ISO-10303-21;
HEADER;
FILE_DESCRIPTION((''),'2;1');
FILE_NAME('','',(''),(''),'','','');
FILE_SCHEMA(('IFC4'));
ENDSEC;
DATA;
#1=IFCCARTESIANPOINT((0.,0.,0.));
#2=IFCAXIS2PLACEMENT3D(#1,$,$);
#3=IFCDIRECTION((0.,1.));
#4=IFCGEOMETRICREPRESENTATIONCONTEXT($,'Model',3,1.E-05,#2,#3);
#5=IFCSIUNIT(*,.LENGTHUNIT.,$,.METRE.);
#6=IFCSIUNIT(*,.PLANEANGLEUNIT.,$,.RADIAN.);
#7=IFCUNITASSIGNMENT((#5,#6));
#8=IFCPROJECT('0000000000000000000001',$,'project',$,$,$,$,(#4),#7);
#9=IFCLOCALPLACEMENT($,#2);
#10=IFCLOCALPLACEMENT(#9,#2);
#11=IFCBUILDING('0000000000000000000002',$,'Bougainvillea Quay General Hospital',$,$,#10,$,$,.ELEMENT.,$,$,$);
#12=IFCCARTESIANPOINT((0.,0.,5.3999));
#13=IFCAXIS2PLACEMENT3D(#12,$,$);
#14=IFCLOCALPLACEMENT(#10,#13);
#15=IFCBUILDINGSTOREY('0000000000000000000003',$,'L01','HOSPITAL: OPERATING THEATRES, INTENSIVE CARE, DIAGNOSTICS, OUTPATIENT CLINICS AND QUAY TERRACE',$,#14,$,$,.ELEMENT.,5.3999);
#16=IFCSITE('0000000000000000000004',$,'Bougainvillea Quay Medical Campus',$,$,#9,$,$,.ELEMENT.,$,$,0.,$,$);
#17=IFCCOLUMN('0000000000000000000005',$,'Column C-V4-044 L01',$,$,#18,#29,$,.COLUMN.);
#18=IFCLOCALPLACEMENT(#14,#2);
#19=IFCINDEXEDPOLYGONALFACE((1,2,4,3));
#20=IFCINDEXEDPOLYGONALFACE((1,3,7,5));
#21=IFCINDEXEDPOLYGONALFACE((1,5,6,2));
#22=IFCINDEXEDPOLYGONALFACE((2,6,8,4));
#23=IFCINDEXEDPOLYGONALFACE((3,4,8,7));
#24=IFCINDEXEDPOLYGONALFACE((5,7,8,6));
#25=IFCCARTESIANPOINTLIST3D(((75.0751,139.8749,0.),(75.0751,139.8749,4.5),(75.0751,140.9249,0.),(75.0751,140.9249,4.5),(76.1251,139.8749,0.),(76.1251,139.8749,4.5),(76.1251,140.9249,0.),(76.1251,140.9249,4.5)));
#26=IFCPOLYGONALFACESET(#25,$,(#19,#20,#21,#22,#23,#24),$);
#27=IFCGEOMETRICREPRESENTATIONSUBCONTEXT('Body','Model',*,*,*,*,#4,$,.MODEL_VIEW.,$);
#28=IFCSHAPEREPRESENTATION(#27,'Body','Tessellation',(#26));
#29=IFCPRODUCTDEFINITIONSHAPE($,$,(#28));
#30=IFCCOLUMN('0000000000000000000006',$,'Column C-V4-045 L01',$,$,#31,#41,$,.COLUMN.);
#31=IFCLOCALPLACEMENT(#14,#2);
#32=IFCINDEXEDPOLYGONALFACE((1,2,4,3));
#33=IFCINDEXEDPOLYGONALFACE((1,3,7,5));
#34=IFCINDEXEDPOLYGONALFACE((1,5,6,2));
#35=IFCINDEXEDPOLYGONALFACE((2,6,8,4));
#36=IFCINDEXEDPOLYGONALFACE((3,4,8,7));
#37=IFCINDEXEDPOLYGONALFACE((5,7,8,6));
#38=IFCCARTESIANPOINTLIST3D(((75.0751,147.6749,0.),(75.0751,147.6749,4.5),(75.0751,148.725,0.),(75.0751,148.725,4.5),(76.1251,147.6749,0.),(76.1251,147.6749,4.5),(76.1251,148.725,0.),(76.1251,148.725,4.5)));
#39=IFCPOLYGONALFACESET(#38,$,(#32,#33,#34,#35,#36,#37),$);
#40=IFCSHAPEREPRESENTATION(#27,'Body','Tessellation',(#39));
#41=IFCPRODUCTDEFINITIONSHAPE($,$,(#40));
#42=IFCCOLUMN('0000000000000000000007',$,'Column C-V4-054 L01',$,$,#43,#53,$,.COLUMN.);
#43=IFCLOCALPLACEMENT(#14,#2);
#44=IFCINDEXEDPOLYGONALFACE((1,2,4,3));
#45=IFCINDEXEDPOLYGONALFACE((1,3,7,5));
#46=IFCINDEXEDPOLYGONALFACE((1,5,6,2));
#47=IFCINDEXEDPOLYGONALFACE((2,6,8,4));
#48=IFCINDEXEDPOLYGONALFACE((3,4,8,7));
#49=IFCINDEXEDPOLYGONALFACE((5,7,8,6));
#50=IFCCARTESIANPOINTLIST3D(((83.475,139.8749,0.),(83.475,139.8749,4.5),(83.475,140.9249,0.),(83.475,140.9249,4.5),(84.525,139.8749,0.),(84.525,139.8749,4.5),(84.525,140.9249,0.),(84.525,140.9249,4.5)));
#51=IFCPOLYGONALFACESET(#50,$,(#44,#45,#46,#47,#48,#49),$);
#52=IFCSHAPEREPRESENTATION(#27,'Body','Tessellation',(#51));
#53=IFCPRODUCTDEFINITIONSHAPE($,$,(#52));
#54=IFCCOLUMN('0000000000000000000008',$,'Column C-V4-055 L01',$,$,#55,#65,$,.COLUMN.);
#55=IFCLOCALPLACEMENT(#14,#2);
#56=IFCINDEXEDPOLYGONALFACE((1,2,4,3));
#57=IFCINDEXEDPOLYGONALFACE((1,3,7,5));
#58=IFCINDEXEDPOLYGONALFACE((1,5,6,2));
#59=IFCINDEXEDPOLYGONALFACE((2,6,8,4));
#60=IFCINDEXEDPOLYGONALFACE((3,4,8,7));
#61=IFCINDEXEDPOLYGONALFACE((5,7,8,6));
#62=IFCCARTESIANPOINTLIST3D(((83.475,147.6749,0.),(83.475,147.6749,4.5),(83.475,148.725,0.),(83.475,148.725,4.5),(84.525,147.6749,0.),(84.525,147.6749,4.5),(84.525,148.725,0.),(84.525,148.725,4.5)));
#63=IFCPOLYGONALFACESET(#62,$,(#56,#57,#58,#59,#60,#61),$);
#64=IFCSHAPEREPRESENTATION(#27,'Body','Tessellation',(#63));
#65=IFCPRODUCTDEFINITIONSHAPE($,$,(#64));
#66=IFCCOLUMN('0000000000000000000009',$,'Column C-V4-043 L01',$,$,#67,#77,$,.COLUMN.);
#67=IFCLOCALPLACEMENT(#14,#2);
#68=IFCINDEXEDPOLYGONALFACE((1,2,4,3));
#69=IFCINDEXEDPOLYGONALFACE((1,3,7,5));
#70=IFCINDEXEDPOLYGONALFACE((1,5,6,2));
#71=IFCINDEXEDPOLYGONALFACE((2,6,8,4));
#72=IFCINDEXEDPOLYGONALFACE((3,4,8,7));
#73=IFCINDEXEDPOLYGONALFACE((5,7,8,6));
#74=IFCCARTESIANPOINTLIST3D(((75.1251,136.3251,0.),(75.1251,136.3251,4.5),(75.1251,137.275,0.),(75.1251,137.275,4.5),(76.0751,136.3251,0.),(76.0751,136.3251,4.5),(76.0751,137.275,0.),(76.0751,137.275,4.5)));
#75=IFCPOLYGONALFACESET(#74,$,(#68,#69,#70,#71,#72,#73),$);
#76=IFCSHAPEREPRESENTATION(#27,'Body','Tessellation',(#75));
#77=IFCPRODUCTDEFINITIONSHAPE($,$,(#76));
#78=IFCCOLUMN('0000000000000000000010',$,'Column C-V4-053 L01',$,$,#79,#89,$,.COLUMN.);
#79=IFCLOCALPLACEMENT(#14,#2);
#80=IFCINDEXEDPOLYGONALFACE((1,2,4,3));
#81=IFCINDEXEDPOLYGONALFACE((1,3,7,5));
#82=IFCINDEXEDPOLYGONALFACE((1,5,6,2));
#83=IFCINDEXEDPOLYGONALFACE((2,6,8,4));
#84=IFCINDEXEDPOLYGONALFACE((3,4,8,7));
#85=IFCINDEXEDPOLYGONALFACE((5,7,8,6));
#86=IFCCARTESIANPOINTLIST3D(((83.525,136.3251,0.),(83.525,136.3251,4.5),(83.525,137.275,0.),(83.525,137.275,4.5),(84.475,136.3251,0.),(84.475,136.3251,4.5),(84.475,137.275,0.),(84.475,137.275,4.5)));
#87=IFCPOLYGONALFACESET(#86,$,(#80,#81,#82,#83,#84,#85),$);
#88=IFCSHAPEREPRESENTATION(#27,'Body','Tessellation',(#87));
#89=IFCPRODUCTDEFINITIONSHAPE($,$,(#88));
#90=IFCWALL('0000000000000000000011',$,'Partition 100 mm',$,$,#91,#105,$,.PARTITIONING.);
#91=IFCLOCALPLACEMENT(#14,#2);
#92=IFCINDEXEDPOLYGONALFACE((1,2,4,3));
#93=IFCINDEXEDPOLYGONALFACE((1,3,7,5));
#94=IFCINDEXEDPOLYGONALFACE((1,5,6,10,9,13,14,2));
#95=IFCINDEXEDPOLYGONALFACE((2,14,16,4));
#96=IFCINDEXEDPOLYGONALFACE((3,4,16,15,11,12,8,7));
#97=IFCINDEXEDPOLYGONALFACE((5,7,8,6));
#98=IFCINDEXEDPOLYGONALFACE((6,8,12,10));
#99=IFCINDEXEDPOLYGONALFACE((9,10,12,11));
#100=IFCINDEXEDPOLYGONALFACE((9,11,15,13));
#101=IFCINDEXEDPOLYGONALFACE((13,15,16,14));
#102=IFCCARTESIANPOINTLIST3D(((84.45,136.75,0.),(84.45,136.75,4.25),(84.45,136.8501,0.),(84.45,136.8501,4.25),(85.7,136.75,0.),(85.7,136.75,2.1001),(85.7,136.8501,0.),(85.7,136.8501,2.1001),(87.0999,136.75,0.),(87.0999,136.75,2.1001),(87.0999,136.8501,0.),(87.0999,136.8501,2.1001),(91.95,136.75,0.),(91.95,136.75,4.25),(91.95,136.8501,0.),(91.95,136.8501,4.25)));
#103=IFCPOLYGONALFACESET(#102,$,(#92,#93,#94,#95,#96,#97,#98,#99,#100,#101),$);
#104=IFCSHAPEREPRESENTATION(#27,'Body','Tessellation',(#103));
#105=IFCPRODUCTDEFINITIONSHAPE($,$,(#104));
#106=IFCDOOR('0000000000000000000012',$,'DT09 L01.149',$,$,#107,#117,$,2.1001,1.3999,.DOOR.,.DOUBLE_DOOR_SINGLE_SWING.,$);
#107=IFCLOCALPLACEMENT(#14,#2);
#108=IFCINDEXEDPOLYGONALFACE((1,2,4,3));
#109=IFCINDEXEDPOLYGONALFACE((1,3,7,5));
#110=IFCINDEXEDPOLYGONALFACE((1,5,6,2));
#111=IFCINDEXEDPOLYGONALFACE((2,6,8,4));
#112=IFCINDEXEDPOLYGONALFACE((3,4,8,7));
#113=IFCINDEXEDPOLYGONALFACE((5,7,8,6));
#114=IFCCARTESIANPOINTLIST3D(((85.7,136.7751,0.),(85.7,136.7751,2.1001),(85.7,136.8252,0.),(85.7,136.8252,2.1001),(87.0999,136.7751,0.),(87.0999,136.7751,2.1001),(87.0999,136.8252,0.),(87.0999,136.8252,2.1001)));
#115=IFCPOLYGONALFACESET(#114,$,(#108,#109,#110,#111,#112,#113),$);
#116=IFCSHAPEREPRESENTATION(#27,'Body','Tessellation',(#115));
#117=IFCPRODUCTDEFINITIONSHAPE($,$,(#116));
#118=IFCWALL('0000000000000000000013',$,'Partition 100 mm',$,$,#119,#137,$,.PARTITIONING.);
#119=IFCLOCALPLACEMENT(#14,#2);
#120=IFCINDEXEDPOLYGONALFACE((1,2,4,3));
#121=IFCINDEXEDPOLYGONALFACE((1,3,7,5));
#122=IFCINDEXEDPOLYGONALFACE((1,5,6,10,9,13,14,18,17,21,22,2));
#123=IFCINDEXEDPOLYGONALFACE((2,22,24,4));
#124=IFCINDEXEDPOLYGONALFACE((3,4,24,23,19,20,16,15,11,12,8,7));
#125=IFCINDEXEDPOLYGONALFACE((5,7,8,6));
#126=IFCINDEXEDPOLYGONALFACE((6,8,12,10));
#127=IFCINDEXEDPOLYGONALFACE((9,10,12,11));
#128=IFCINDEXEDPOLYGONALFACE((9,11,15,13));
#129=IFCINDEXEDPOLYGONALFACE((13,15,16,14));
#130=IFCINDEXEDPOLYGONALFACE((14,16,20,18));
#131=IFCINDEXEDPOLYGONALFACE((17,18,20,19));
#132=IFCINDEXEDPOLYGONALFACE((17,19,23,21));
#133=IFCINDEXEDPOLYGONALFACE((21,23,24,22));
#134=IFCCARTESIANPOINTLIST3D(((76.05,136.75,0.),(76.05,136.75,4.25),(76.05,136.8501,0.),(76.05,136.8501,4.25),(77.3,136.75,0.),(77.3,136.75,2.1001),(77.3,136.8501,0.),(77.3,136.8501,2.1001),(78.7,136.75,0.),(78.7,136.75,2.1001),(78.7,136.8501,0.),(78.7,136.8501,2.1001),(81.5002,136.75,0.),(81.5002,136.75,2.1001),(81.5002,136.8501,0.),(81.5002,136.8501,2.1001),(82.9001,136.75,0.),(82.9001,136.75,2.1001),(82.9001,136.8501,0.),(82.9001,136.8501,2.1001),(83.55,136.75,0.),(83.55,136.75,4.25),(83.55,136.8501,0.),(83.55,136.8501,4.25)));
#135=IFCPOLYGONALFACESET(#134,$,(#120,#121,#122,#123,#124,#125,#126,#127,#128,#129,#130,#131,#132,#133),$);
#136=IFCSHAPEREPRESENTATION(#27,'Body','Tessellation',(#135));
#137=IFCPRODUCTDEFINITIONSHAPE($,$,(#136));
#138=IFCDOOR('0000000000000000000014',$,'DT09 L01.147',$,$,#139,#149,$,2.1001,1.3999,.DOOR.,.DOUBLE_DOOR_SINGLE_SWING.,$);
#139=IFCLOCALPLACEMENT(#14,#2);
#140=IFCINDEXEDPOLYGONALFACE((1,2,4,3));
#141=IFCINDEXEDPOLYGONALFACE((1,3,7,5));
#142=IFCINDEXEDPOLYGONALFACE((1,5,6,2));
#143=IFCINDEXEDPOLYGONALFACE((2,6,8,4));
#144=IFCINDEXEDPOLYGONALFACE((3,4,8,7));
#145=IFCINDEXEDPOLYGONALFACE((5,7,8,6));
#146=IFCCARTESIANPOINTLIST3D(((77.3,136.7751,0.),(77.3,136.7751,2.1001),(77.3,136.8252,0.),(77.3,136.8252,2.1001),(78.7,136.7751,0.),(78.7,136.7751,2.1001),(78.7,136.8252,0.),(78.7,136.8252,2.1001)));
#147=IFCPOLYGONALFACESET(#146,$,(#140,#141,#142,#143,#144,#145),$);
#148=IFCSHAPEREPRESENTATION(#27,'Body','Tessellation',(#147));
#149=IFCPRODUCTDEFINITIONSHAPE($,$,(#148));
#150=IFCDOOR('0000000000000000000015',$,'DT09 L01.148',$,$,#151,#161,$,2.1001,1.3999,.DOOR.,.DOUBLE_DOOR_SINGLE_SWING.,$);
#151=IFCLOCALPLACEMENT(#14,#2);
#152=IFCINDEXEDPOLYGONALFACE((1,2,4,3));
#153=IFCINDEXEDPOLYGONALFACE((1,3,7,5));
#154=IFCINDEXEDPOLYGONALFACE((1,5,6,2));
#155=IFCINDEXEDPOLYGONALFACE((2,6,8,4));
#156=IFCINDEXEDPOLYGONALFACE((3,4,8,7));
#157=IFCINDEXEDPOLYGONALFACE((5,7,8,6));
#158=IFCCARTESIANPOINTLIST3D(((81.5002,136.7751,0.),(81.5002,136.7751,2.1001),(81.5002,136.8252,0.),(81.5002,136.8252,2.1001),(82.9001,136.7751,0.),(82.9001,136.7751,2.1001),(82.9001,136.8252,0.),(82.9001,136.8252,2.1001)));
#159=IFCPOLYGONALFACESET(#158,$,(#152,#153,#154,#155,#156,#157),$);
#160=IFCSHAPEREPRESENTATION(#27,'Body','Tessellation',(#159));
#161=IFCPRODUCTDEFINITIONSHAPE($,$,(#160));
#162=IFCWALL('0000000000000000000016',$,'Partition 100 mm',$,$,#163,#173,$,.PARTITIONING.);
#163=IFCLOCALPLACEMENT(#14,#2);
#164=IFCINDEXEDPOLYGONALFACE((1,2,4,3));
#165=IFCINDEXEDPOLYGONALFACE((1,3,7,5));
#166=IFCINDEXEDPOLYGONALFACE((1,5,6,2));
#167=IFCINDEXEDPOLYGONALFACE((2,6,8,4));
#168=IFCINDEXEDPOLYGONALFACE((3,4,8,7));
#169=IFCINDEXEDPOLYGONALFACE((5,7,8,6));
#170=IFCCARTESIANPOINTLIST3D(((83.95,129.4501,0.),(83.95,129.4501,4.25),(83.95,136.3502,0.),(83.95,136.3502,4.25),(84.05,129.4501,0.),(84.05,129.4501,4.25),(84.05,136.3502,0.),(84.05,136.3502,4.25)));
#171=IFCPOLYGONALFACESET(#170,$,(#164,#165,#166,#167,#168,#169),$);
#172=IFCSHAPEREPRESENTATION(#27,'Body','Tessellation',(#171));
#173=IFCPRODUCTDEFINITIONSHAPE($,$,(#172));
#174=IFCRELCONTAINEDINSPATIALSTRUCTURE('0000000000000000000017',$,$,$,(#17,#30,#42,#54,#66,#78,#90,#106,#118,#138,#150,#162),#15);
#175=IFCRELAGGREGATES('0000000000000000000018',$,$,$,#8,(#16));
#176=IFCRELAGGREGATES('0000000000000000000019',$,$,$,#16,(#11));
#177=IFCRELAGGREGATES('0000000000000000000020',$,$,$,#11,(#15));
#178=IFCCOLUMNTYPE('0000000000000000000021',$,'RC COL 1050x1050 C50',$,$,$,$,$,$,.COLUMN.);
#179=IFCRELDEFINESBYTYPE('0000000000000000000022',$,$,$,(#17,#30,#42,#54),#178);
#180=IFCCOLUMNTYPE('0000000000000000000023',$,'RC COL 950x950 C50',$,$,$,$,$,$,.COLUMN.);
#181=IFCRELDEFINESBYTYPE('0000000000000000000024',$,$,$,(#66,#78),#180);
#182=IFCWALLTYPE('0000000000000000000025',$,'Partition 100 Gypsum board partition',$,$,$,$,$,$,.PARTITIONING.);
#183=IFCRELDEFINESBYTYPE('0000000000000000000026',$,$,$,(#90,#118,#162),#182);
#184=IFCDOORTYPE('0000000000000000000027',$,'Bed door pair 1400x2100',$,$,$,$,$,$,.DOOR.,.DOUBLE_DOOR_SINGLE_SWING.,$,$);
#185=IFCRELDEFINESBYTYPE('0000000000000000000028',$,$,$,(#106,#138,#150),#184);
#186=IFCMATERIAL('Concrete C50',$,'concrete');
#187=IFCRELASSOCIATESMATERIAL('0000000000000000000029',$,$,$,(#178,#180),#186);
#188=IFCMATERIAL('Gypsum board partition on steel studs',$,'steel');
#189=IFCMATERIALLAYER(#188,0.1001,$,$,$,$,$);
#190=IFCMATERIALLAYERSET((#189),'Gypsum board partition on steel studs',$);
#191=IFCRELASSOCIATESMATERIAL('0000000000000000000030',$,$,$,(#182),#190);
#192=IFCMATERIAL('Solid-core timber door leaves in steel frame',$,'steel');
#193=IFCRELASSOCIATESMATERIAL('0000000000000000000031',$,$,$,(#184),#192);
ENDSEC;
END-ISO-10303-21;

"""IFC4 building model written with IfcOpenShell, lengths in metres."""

from ifc_helpers import new_model, si_unit, direction, frame, frame_2d, origin, origin_2d, place, context, subcontext, project, spatial, rectangle, extrude, material, layer, layer_set, material_profile, profile_set, type_object, element, fill, save


model = new_model("IFC4")

# Units and contexts
model_context = context("Model", 3, precision=1e-05, world=origin(), true_north=direction((0.0, 1.0)))
body_context = subcontext(model_context, "Body", "Model", "MODEL_VIEW")
ifc_project = project(units=[si_unit("LENGTHUNIT", "METRE"), si_unit("PLANEANGLEUNIT", "RADIAN")], contexts=[model_context])

# Site, building, storey
site_placement = place(None, origin())
site = spatial("IfcSite", under=ifc_project, at=site_placement, Name="Bougainvillea Quay Medical Campus", CompositionType="ELEMENT", RefElevation=0.0)
building_placement = place(site_placement, origin())
building = spatial("IfcBuilding", under=site, at=building_placement, Name="Bougainvillea Quay General Hospital", CompositionType="ELEMENT")
storey_placement = place(building_placement, frame((0.0, 0.0, 5.3999)))
storey = spatial("IfcBuildingStorey", under=building, at=storey_placement, Name="L01", Description="HOSPITAL: OPERATING THEATRES, INTENSIVE CARE, DIAGNOSTICS, OUTPATIENT CLINICS AND QUAY TERRACE", CompositionType="ELEMENT", Elevation=5.3999)

# Columns
ifc_material_1 = material(Name="Concrete C50", Category="concrete")
ifc_material_profile_1 = material_profile(ifc_material_1, rectangle(XDim=1.05, YDim=1.05, at=origin_2d()))
ifc_profile_set_1 = profile_set([ifc_material_profile_1], Name="Concrete C50")
column_type_1 = type_object("IfcColumnType", Name="RC COL 1050x1050 C50", PredefinedType="COLUMN", material=ifc_profile_set_1)
for number, where, z_axis, x_axis, name in (
    (1, (75.6001, 140.3999, 0.0), (0.0, 0.0, 1.0), (1.0, 0.0, 0.0), "Column C-V4-044 L01"),
    (2, (75.6001, 148.2, 0.0), (0.0, 0.0, 1.0), (1.0, 0.0, 0.0), "Column C-V4-045 L01"),
    (3, (84.0, 140.3999, 0.0), (0.0, 0.0, 1.0), (1.0, 0.0, 0.0), "Column C-V4-054 L01"),
    (4, (84.0, 148.2, 0.0), (0.0, 0.0, 1.0), (1.0, 0.0, 0.0), "Column C-V4-055 L01"),
):
    element("IfcColumn", number, at=place(storey_placement, frame(where, z_axis=z_axis, x_axis=x_axis)), inside=storey, type_object=column_type_1, Name=name, PredefinedType="COLUMN", context=body_context, shape_type="SweptSolid", body=[
        extrude(rectangle(XDim=1.05, YDim=1.05, at=origin_2d()), origin(), (0.0, 0.0, 1.0), 4.5),
    ])
ifc_material_profile_2 = material_profile(ifc_material_1, rectangle(XDim=0.95, YDim=0.95, at=origin_2d()))
ifc_profile_set_2 = profile_set([ifc_material_profile_2], Name="Concrete C50")
column_type_2 = type_object("IfcColumnType", Name="RC COL 950x950 C50", PredefinedType="COLUMN", material=ifc_profile_set_2)
for number, where, z_axis, x_axis, name in (
    (5, (75.6001, 136.8, 0.0), (0.0, 0.0, 1.0), (1.0, 0.0, 0.0), "Column C-V4-043 L01"),
    (6, (84.0, 136.8, 0.0), (0.0, 0.0, 1.0), (1.0, 0.0, 0.0), "Column C-V4-053 L01"),
):
    element("IfcColumn", number, at=place(storey_placement, frame(where, z_axis=z_axis, x_axis=x_axis)), inside=storey, type_object=column_type_2, Name=name, PredefinedType="COLUMN", context=body_context, shape_type="SweptSolid", body=[
        extrude(rectangle(XDim=0.95, YDim=0.95, at=origin_2d()), origin(), (0.0, 0.0, 1.0), 4.5),
    ])

# Wall, opening, door
ifc_material_2 = material(Name="Gypsum board partition on steel studs", Category="steel")
ifc_layer_1 = layer(ifc_material_2, 0.1001)
ifc_layer_set_1 = layer_set([ifc_layer_1], Name="Gypsum board partition on steel studs")
wall_type_1 = type_object("IfcWallType", Name="Partition 100 Gypsum board partition", PredefinedType="PARTITIONING", material=ifc_layer_set_1)
wall_1_placement = place(storey_placement, frame((91.95, 136.8, 0.0), z_axis=(0.0, 0.0, 1.0), x_axis=(-1.0, 0.0, 0.0)))
wall_1 = element("IfcWall", 7, at=wall_1_placement, inside=storey, type_object=wall_type_1, Name="Partition 100 mm", PredefinedType="PARTITIONING", context=body_context, shape_type="SweptSolid", body=[
    extrude(rectangle(XDim=7.5, YDim=0.1001, at=frame_2d((3.75, 0.0))), origin(), (0.0, 0.0, 1.0), 4.25),
])
opening_1_placement = place(wall_1_placement, frame((4.8501, 0.0, 0.0)))
opening_1 = element("IfcOpeningElement", 8, at=opening_1_placement, cuts=wall_1, PredefinedType="OPENING", context=body_context, shape_type="SweptSolid", body=[
    extrude(rectangle(XDim=1.3999, YDim=2.1001, at=frame_2d((0.7, 1.05))), frame((0.0, 0.0601, 0.0), z_axis=(0.0, -1.0, 0.0), x_axis=(1.0, 0.0, 0.0)), (0.0, 0.0, 1.0), 0.1201),
])
ifc_material_3 = material(Name="Solid-core timber door leaves in steel frame", Category="steel")
door_type_1 = type_object("IfcDoorType", Name="Bed door pair 1400x2100", OperationType="DOUBLE_DOOR_SINGLE_SWING", PredefinedType="DOOR", material=ifc_material_3)
door_1_placement = place(opening_1_placement, origin())
door_1 = element("IfcDoor", 9, at=door_1_placement, inside=storey, type_object=door_type_1, Name="DT09 L01.149", OperationType="DOUBLE_DOOR_SINGLE_SWING", OverallHeight=2.1001, OverallWidth=1.3999, PredefinedType="DOOR", context=body_context, shape_type="SweptSolid", body=[
    extrude(rectangle(XDim=1.3999, YDim=2.1001, at=frame_2d((0.7, 1.05))), frame((0.0, 0.0249, 0.0), z_axis=(0.0, -1.0, 0.0), x_axis=(1.0, 0.0, 0.0)), (0.0, 0.0, 1.0), 0.05),
])
fill(opening_1, door_1)

# Wall, openings, doors
wall_2_placement = place(storey_placement, frame((83.55, 136.8, 0.0), z_axis=(0.0, 0.0, 1.0), x_axis=(-1.0, 0.0, 0.0)))
wall_2 = element("IfcWall", 10, at=wall_2_placement, inside=storey, type_object=wall_type_1, Name="Partition 100 mm", PredefinedType="PARTITIONING", context=body_context, shape_type="SweptSolid", body=[
    extrude(rectangle(XDim=7.5, YDim=0.1001, at=frame_2d((3.75, 0.0))), origin(), (0.0, 0.0, 1.0), 4.25),
])
opening_2_placement = place(wall_2_placement, frame((4.8501, 0.0, 0.0)))
opening_2 = element("IfcOpeningElement", 11, at=opening_2_placement, cuts=wall_2, PredefinedType="OPENING", context=body_context, shape_type="SweptSolid", body=[
    extrude(rectangle(XDim=1.3999, YDim=2.1001, at=frame_2d((0.7, 1.05))), frame((0.0, 0.0601, 0.0), z_axis=(0.0, -1.0, 0.0), x_axis=(1.0, 0.0, 0.0)), (0.0, 0.0, 1.0), 0.1201),
])
opening_3_placement = place(wall_2_placement, frame((0.6499, 0.0, 0.0)))
opening_3 = element("IfcOpeningElement", 12, at=opening_3_placement, cuts=wall_2, PredefinedType="OPENING", context=body_context, shape_type="SweptSolid", body=[
    extrude(rectangle(XDim=1.3999, YDim=2.1001, at=frame_2d((0.7, 1.05))), frame((0.0, 0.0601, 0.0), z_axis=(0.0, -1.0, 0.0), x_axis=(1.0, 0.0, 0.0)), (0.0, 0.0, 1.0), 0.1201),
])
door_2_placement = place(opening_2_placement, origin())
door_2 = element("IfcDoor", 13, at=door_2_placement, inside=storey, type_object=door_type_1, Name="DT09 L01.147", OperationType="DOUBLE_DOOR_SINGLE_SWING", OverallHeight=2.1001, OverallWidth=1.3999, PredefinedType="DOOR", context=body_context, shape_type="SweptSolid", body=[
    extrude(rectangle(XDim=1.3999, YDim=2.1001, at=frame_2d((0.7, 1.05))), frame((0.0, 0.0249, 0.0), z_axis=(0.0, -1.0, 0.0), x_axis=(1.0, 0.0, 0.0)), (0.0, 0.0, 1.0), 0.05),
])
fill(opening_2, door_2)
door_3_placement = place(opening_3_placement, origin())
door_3 = element("IfcDoor", 14, at=door_3_placement, inside=storey, type_object=door_type_1, Name="DT09 L01.148", OperationType="DOUBLE_DOOR_SINGLE_SWING", OverallHeight=2.1001, OverallWidth=1.3999, PredefinedType="DOOR", context=body_context, shape_type="SweptSolid", body=[
    extrude(rectangle(XDim=1.3999, YDim=2.1001, at=frame_2d((0.7, 1.05))), frame((0.0, 0.0249, 0.0), z_axis=(0.0, -1.0, 0.0), x_axis=(1.0, 0.0, 0.0)), (0.0, 0.0, 1.0), 0.05),
])
fill(opening_3, door_3)

# Wall
wall_3_placement = place(storey_placement, frame((84.0, 129.45, 0.0), z_axis=(0.0, 0.0, 1.0), x_axis=(0.0, 1.0, 0.0)))
element("IfcWall", 15, at=wall_3_placement, inside=storey, type_object=wall_type_1, Name="Partition 100 mm", PredefinedType="PARTITIONING", context=body_context, shape_type="SweptSolid", body=[
    extrude(rectangle(XDim=6.9001, YDim=0.1001, at=frame_2d((3.4502, 0.0))), origin(), (0.0, 0.0, 1.0), 4.25),
])

save(model, "model.ifc")
